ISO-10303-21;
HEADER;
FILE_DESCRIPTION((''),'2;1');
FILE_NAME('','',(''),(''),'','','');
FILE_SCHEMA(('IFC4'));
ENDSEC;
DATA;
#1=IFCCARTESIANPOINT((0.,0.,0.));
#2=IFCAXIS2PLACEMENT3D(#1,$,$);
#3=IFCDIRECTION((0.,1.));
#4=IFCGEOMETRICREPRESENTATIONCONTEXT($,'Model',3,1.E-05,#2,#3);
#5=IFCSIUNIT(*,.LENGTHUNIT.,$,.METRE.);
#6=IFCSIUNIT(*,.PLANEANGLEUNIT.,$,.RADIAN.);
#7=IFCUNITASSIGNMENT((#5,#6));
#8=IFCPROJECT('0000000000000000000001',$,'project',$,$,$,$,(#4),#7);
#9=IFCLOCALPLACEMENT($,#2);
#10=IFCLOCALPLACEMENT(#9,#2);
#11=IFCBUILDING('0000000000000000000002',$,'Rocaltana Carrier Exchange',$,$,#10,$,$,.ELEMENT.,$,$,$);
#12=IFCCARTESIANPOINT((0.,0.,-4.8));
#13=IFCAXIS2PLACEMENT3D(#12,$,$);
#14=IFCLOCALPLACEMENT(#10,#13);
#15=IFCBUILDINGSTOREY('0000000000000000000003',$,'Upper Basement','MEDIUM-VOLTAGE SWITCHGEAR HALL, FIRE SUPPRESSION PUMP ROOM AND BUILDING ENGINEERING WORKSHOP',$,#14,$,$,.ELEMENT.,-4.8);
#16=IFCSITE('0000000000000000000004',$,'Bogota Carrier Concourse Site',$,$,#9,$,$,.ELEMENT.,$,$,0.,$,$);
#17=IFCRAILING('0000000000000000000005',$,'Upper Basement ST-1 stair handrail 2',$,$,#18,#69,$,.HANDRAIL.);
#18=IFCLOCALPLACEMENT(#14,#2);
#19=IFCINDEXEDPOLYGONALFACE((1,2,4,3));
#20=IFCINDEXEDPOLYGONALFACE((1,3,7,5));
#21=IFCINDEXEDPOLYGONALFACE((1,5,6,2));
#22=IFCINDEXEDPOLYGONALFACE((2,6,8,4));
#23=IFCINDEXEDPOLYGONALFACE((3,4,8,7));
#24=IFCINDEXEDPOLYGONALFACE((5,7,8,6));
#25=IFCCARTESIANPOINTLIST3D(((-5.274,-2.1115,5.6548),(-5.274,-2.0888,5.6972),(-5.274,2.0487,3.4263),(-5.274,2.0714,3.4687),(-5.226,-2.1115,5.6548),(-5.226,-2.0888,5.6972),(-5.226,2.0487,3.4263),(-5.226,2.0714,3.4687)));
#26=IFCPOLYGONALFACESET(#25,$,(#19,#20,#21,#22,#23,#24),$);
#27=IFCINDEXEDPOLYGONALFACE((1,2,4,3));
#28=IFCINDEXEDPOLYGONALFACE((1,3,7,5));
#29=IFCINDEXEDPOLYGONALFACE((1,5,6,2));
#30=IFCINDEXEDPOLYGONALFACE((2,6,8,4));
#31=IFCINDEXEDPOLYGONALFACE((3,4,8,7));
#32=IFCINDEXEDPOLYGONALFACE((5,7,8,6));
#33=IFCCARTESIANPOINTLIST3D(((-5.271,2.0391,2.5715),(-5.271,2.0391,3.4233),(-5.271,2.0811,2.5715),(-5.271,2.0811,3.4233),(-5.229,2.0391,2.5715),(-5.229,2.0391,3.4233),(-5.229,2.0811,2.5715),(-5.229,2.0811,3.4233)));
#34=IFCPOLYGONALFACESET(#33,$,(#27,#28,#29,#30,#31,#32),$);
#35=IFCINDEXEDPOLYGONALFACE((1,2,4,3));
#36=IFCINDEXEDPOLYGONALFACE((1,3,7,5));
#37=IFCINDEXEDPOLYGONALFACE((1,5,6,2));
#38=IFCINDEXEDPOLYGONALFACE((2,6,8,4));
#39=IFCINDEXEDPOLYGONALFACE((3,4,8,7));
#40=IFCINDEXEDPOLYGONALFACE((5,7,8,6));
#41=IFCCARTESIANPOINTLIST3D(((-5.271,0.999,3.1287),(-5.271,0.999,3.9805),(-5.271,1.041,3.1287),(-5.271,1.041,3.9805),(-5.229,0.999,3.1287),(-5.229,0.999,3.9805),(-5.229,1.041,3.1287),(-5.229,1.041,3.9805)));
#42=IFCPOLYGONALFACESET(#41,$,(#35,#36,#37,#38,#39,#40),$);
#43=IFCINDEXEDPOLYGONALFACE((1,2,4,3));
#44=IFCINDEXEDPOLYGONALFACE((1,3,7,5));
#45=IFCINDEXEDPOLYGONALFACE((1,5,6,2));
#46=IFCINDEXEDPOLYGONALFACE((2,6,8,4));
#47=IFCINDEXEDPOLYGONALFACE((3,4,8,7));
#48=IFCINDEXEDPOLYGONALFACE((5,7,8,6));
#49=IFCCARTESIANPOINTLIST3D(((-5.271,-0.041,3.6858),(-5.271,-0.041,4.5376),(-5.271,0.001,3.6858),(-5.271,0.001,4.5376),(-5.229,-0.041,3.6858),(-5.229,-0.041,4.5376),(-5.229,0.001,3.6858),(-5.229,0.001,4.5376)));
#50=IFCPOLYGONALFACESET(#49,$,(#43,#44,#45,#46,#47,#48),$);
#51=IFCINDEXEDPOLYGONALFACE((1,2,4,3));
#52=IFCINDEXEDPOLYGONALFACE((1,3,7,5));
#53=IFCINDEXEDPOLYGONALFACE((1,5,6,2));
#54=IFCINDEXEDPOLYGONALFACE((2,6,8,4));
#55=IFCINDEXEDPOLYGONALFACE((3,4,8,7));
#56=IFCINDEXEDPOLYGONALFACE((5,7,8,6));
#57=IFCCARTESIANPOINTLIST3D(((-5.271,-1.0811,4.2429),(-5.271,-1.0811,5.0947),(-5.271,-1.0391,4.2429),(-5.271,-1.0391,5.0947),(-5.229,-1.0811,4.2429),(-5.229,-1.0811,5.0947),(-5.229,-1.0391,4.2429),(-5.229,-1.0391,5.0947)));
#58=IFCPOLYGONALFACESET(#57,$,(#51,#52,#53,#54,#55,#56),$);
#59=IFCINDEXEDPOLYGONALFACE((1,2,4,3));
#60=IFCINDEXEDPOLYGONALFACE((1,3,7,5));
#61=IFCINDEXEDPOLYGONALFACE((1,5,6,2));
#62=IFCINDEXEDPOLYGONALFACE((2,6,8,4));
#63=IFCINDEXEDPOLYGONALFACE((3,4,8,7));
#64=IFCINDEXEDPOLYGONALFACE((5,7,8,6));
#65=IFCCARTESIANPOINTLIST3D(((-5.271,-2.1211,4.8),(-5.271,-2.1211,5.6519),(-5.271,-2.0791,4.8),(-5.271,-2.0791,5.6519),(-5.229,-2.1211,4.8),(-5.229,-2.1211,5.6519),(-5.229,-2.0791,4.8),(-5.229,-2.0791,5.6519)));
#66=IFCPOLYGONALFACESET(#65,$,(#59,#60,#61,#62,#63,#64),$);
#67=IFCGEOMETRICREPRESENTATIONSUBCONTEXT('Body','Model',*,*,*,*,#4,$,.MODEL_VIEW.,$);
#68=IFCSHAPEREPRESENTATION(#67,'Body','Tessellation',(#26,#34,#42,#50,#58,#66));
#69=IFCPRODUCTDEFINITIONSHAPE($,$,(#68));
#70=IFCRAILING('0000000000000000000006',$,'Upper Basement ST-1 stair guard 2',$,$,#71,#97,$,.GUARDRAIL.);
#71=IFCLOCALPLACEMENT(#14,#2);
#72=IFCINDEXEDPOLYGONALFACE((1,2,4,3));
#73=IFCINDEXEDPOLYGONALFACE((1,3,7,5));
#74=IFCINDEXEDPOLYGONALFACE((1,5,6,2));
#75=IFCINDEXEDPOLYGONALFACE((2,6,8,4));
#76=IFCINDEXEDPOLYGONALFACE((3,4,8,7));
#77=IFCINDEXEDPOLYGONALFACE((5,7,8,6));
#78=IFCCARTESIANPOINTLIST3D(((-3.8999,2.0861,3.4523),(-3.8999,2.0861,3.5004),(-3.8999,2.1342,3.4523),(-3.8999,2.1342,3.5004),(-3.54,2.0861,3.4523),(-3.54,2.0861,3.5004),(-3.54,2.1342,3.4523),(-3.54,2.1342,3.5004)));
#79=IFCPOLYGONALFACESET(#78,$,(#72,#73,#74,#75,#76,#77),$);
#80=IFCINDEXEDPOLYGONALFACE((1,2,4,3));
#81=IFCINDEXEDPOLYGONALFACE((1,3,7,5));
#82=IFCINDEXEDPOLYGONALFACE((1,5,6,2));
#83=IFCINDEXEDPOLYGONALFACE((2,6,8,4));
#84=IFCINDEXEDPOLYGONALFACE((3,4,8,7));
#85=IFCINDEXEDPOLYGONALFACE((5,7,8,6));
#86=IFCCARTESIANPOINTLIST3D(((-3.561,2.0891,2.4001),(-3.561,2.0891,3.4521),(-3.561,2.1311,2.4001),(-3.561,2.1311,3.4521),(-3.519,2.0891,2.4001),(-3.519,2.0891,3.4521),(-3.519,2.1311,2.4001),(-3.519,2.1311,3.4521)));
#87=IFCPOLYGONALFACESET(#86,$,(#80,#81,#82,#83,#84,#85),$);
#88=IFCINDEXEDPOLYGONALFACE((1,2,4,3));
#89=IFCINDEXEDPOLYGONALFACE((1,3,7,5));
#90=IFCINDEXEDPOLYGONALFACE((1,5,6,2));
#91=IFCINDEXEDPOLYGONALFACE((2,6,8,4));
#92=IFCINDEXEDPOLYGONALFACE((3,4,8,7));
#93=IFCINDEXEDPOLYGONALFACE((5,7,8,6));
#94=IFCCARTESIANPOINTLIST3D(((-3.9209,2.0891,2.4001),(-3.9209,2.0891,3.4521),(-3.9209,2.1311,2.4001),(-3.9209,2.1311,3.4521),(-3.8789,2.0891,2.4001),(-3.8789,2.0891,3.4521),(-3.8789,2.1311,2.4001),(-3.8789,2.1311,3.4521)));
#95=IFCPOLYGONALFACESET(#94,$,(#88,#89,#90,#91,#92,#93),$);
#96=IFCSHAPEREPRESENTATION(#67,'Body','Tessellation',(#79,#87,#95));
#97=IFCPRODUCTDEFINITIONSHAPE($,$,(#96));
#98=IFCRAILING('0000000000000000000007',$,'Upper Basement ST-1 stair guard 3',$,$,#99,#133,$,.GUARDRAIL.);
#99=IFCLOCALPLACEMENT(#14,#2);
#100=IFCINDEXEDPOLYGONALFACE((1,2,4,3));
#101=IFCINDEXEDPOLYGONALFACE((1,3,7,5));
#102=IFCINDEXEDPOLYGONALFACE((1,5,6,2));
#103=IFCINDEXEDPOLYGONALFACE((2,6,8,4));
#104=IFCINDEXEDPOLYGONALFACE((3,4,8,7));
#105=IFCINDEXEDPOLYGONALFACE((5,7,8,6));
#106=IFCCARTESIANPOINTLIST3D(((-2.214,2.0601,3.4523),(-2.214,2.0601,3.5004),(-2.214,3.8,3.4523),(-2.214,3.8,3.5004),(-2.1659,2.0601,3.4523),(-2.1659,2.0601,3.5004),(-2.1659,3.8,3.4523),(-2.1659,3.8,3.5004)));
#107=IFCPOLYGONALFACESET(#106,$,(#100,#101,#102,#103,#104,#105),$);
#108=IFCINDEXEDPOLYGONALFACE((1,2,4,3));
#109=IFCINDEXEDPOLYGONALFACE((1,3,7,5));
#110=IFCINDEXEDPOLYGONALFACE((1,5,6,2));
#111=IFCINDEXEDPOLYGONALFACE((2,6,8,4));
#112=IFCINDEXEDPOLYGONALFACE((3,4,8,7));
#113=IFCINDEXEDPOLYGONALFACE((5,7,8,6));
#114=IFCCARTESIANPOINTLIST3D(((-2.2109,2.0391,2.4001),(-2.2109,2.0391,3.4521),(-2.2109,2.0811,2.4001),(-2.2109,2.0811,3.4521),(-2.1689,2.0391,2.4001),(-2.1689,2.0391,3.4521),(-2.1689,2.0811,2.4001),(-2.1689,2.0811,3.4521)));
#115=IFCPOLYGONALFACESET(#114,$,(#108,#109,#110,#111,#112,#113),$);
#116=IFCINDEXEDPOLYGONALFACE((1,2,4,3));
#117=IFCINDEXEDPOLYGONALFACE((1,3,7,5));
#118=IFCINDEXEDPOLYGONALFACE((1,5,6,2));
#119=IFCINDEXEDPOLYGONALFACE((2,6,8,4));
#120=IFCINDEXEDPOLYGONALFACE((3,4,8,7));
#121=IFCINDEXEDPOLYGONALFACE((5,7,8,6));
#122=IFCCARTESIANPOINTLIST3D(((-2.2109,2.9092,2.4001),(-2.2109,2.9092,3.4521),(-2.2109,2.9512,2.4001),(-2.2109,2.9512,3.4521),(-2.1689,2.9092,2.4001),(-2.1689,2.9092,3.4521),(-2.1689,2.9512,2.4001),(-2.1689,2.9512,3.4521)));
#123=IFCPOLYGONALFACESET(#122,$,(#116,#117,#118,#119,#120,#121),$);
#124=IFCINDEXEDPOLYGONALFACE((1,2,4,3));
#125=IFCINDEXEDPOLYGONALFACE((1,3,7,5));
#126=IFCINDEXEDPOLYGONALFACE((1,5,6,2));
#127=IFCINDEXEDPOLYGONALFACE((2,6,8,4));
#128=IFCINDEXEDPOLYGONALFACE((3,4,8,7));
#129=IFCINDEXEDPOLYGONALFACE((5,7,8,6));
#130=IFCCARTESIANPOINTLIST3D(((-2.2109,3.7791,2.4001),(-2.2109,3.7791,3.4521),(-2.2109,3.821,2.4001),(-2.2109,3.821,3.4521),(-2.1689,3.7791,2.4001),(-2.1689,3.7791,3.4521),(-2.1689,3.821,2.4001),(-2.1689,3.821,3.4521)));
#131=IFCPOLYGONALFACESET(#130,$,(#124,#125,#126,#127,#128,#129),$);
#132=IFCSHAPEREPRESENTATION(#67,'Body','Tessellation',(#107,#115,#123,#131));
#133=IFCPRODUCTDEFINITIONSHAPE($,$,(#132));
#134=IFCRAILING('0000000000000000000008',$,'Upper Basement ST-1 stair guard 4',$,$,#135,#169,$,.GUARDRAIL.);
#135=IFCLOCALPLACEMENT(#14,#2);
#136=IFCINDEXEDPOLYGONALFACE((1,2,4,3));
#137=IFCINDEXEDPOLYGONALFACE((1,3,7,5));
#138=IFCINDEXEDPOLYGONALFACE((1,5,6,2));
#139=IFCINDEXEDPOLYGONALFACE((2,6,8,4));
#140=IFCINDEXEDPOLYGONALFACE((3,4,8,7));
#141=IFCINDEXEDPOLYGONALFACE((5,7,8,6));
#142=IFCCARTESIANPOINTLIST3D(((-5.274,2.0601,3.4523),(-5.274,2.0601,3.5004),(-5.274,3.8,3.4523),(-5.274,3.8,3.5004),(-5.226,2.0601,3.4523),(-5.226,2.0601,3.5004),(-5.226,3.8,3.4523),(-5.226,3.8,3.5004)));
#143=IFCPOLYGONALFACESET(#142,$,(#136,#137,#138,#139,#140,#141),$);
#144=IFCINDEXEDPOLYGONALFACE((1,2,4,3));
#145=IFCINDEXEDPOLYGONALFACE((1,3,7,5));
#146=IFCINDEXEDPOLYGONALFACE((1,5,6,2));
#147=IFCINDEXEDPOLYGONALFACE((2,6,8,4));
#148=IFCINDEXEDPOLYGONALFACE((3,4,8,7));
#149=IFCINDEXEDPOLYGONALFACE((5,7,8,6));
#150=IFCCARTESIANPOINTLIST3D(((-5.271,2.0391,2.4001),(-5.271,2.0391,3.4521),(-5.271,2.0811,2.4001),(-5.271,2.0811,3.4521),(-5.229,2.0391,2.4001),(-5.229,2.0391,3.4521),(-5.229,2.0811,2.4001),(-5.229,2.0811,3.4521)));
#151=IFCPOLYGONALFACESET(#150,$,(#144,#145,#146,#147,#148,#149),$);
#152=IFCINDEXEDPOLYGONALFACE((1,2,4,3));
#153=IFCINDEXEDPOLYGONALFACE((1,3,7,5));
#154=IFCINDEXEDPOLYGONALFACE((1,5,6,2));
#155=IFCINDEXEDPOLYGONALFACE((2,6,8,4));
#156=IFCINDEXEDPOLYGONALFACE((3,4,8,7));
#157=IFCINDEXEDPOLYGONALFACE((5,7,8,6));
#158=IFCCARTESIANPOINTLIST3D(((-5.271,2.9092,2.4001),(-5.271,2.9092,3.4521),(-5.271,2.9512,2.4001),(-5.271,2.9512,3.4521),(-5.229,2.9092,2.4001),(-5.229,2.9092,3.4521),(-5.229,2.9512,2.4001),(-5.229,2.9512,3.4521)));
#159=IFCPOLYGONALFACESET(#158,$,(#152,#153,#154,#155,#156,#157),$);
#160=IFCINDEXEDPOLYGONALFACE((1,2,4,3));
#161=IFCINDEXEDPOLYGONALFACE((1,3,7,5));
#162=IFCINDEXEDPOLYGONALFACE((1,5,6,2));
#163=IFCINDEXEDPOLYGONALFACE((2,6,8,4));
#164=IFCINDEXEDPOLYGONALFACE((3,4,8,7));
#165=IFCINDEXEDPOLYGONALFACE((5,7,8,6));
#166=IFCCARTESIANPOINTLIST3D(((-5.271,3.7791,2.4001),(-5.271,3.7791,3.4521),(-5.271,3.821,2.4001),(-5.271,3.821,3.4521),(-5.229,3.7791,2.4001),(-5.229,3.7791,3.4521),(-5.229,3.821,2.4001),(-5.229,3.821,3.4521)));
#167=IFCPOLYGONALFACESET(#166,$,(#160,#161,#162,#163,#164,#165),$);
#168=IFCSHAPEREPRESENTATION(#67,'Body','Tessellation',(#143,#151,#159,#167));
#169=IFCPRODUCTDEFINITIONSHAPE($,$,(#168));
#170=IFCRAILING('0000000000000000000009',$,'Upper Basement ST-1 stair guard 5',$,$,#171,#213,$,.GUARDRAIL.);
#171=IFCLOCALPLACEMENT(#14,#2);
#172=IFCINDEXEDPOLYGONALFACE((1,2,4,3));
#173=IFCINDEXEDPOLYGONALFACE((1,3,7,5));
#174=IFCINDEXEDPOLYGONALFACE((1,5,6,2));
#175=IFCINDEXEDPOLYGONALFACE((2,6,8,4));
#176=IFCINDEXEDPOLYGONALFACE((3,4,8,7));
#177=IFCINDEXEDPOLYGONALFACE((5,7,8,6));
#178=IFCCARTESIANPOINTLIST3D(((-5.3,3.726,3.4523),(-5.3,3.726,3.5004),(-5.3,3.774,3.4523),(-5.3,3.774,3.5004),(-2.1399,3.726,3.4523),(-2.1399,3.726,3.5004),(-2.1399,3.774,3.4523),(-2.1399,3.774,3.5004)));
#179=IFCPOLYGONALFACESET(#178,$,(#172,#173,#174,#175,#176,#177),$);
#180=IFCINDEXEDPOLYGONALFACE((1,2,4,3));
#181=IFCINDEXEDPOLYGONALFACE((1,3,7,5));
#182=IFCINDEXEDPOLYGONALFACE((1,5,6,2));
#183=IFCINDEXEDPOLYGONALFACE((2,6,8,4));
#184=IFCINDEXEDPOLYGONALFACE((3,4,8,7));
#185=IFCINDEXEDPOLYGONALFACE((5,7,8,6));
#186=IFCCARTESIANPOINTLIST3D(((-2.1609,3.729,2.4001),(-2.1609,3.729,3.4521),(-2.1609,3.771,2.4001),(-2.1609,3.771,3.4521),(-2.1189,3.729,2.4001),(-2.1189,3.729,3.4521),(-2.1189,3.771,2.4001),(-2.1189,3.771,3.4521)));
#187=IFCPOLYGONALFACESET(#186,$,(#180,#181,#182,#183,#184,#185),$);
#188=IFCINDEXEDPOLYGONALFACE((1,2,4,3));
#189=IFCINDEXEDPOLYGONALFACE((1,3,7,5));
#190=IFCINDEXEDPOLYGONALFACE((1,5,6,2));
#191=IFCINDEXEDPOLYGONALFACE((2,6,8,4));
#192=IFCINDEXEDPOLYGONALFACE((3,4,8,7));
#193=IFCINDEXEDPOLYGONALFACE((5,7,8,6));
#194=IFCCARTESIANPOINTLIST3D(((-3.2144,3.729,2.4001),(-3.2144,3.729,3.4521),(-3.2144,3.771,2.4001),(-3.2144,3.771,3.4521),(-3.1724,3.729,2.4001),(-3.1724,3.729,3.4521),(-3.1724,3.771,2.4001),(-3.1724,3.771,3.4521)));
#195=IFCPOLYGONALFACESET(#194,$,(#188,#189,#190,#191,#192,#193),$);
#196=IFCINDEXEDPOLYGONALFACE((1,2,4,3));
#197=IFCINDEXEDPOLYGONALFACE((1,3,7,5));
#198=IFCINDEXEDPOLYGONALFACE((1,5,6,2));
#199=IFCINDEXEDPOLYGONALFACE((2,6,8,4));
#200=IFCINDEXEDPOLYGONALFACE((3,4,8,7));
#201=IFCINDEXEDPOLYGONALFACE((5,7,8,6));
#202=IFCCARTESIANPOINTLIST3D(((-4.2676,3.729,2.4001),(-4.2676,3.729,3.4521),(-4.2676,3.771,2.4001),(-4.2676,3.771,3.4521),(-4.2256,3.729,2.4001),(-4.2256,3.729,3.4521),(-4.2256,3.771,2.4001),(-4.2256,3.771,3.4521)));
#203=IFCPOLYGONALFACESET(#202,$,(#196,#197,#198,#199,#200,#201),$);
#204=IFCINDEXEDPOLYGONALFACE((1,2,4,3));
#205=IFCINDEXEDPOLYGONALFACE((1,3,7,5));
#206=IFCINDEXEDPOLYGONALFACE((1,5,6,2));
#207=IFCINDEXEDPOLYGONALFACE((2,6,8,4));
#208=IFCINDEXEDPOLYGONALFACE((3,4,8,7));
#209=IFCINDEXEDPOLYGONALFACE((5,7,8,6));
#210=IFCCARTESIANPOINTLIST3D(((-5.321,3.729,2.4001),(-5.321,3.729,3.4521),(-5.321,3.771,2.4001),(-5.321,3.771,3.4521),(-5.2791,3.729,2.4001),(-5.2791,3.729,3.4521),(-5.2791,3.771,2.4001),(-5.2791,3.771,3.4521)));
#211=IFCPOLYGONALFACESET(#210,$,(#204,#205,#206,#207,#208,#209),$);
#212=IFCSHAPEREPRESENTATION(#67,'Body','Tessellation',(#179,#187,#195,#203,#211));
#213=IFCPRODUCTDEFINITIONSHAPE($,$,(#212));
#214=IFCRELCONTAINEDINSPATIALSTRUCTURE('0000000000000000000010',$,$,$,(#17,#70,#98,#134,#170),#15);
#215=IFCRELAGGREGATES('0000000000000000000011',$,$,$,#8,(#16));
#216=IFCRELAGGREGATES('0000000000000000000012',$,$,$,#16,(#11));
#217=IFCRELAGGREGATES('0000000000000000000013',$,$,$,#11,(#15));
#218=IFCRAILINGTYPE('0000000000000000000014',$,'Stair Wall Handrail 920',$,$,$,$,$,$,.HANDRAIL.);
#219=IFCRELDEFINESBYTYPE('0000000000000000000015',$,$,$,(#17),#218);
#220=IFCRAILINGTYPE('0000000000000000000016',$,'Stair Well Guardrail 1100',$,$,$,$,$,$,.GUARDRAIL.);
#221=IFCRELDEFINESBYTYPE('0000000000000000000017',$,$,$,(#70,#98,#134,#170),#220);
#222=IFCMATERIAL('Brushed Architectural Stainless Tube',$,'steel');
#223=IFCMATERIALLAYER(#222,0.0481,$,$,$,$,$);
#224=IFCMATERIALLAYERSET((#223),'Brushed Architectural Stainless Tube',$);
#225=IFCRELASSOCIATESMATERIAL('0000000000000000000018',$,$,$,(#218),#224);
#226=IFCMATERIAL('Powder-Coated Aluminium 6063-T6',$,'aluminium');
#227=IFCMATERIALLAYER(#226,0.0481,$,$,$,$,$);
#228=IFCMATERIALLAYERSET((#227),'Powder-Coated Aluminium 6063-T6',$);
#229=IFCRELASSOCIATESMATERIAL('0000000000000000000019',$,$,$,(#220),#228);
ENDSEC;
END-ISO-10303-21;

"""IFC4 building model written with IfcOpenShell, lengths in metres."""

from ifc_helpers import new_model, si_unit, direction, frame, origin, origin_2d, place, context, subcontext, project, spatial, rectangle, extrude, material, layer, layer_set, type_object, element, save


model = new_model("IFC4")

# Units and contexts
model_context = context("Model", 3, precision=1e-05, world=origin(), true_north=direction((0.0, 1.0)))
body_context = subcontext(model_context, "Body", "Model", "MODEL_VIEW")
ifc_project = project(units=[si_unit("LENGTHUNIT", "METRE"), si_unit("PLANEANGLEUNIT", "RADIAN")], contexts=[model_context])

# Site, building, storey
site_placement = place(None, origin())
site = spatial("IfcSite", under=ifc_project, at=site_placement, Name="Bogota Carrier Concourse Site", CompositionType="ELEMENT", RefElevation=0.0)
building_placement = place(site_placement, origin())
building = spatial("IfcBuilding", under=site, at=building_placement, Name="Rocaltana Carrier Exchange", CompositionType="ELEMENT")
storey_placement = place(building_placement, frame((0.0, 0.0, -4.8)))
storey = spatial("IfcBuildingStorey", under=building, at=storey_placement, Name="Upper Basement", Description="MEDIUM-VOLTAGE SWITCHGEAR HALL, FIRE SUPPRESSION PUMP ROOM AND BUILDING ENGINEERING WORKSHOP", CompositionType="ELEMENT", Elevation=-4.8)

# Railings
ifc_material_1 = material(Name="Brushed Architectural Stainless Tube", Category="steel")
ifc_layer_1 = layer(ifc_material_1, 0.0481)
ifc_layer_set_1 = layer_set([ifc_layer_1], Name="Brushed Architectural Stainless Tube")
railing_type_1 = type_object("IfcRailingType", Name="Stair Wall Handrail 920", PredefinedType="HANDRAIL", material=ifc_layer_set_1)
railing_1_placement = place(storey_placement, frame((-5.25, 2.0601, 2.5715)))
element("IfcRailing", 1, at=railing_1_placement, inside=storey, type_object=railing_type_1, Name="Upper Basement ST-1 stair handrail 2", PredefinedType="HANDRAIL", context=body_context, shape_type="SweptSolid", body=[
    extrude(rectangle(XDim=0.0481, YDim=0.0481, at=origin_2d()), frame((0.0, 0.0, 0.876), z_axis=(0.0, -0.881492, 0.472198), x_axis=(1.0, 0.0, 0.0)), (0.0, 0.0, 1.0), 4.7195),
    extrude(rectangle(XDim=0.042, YDim=0.042, at=origin_2d()), origin(), (0.0, 0.0, 1.0), 0.8518),
    extrude(rectangle(XDim=0.042, YDim=0.042, at=origin_2d()), frame((0.0, -1.04, 0.5571)), (0.0, 0.0, 1.0), 0.8518),
    extrude(rectangle(XDim=0.042, YDim=0.042, at=origin_2d()), frame((0.0, -2.0801, 1.1143)), (0.0, 0.0, 1.0), 0.8518),
    extrude(rectangle(XDim=0.042, YDim=0.042, at=origin_2d()), frame((0.0, -3.1201, 1.6714)), (0.0, 0.0, 1.0), 0.8518),
    extrude(rectangle(XDim=0.042, YDim=0.042, at=origin_2d()), frame((0.0, -4.1602, 2.2285)), (0.0, 0.0, 1.0), 0.8518),
])
ifc_material_2 = material(Name="Powder-Coated Aluminium 6063-T6", Category="aluminium")
ifc_layer_2 = layer(ifc_material_2, 0.0481)
ifc_layer_set_2 = layer_set([ifc_layer_2], Name="Powder-Coated Aluminium 6063-T6")
railing_type_2 = type_object("IfcRailingType", Name="Stair Well Guardrail 1100", PredefinedType="GUARDRAIL", material=ifc_layer_set_2)
railing_2_placement = place(storey_placement, frame((-3.54, 2.1101, 2.4001)))
element("IfcRailing", 2, at=railing_2_placement, inside=storey, type_object=railing_type_2, Name="Upper Basement ST-1 stair guard 2", PredefinedType="GUARDRAIL", context=body_context, shape_type="SweptSolid", body=[
    extrude(rectangle(XDim=0.0481, YDim=0.0481, at=origin_2d()), frame((0.0, 0.0, 1.0762), z_axis=(-1.0, 0.0, 0.0), x_axis=(0.0, -1.0, 0.0)), (0.0, 0.0, 1.0), 0.3599),
    extrude(rectangle(XDim=0.042, YDim=0.042, at=origin_2d()), origin(), (0.0, 0.0, 1.0), 1.052),
    extrude(rectangle(XDim=0.042, YDim=0.042, at=origin_2d()), frame((-0.3599, 0.0, 0.0)), (0.0, 0.0, 1.0), 1.052),
])
for number, where, name in (
    (3, (-2.1899, 2.0601, 2.4001), "Upper Basement ST-1 stair guard 3"),
    (4, (-5.25, 2.0601, 2.4001), "Upper Basement ST-1 stair guard 4"),
):
    element("IfcRailing", number, at=place(storey_placement, frame(where)), inside=storey, type_object=railing_type_2, Name=name, PredefinedType="GUARDRAIL", context=body_context, shape_type="SweptSolid", body=[
        extrude(rectangle(XDim=0.0481, YDim=0.0481, at=origin_2d()), frame((0.0, 0.0, 1.0762), z_axis=(0.0, 1.0, 0.0), x_axis=(-1.0, 0.0, 0.0)), (0.0, 0.0, 1.0), 1.74),
        extrude(rectangle(XDim=0.042, YDim=0.042, at=origin_2d()), origin(), (0.0, 0.0, 1.0), 1.052),
        extrude(rectangle(XDim=0.042, YDim=0.042, at=origin_2d()), frame((0.0, 0.8701, 0.0)), (0.0, 0.0, 1.0), 1.052),
        extrude(rectangle(XDim=0.042, YDim=0.042, at=origin_2d()), frame((0.0, 1.74, 0.0)), (0.0, 0.0, 1.0), 1.052),
    ])
railing_3_placement = place(storey_placement, frame((-2.1399, 3.75, 2.4001)))
element("IfcRailing", 5, at=railing_3_placement, inside=storey, type_object=railing_type_2, Name="Upper Basement ST-1 stair guard 5", PredefinedType="GUARDRAIL", context=body_context, shape_type="SweptSolid", body=[
    extrude(rectangle(XDim=0.0481, YDim=0.0481, at=origin_2d()), frame((0.0, 0.0, 1.0762), z_axis=(-1.0, 0.0, 0.0), x_axis=(0.0, -1.0, 0.0)), (0.0, 0.0, 1.0), 3.1602),
    extrude(rectangle(XDim=0.042, YDim=0.042, at=origin_2d()), origin(), (0.0, 0.0, 1.0), 1.052),
    extrude(rectangle(XDim=0.042, YDim=0.042, at=origin_2d()), frame((-1.0535, 0.0, 0.0)), (0.0, 0.0, 1.0), 1.052),
    extrude(rectangle(XDim=0.042, YDim=0.042, at=origin_2d()), frame((-2.1067, 0.0, 0.0)), (0.0, 0.0, 1.0), 1.052),
    extrude(rectangle(XDim=0.042, YDim=0.042, at=origin_2d()), frame((-3.1602, 0.0, 0.0)), (0.0, 0.0, 1.0), 1.052),
])

save(model, "model.ifc")
